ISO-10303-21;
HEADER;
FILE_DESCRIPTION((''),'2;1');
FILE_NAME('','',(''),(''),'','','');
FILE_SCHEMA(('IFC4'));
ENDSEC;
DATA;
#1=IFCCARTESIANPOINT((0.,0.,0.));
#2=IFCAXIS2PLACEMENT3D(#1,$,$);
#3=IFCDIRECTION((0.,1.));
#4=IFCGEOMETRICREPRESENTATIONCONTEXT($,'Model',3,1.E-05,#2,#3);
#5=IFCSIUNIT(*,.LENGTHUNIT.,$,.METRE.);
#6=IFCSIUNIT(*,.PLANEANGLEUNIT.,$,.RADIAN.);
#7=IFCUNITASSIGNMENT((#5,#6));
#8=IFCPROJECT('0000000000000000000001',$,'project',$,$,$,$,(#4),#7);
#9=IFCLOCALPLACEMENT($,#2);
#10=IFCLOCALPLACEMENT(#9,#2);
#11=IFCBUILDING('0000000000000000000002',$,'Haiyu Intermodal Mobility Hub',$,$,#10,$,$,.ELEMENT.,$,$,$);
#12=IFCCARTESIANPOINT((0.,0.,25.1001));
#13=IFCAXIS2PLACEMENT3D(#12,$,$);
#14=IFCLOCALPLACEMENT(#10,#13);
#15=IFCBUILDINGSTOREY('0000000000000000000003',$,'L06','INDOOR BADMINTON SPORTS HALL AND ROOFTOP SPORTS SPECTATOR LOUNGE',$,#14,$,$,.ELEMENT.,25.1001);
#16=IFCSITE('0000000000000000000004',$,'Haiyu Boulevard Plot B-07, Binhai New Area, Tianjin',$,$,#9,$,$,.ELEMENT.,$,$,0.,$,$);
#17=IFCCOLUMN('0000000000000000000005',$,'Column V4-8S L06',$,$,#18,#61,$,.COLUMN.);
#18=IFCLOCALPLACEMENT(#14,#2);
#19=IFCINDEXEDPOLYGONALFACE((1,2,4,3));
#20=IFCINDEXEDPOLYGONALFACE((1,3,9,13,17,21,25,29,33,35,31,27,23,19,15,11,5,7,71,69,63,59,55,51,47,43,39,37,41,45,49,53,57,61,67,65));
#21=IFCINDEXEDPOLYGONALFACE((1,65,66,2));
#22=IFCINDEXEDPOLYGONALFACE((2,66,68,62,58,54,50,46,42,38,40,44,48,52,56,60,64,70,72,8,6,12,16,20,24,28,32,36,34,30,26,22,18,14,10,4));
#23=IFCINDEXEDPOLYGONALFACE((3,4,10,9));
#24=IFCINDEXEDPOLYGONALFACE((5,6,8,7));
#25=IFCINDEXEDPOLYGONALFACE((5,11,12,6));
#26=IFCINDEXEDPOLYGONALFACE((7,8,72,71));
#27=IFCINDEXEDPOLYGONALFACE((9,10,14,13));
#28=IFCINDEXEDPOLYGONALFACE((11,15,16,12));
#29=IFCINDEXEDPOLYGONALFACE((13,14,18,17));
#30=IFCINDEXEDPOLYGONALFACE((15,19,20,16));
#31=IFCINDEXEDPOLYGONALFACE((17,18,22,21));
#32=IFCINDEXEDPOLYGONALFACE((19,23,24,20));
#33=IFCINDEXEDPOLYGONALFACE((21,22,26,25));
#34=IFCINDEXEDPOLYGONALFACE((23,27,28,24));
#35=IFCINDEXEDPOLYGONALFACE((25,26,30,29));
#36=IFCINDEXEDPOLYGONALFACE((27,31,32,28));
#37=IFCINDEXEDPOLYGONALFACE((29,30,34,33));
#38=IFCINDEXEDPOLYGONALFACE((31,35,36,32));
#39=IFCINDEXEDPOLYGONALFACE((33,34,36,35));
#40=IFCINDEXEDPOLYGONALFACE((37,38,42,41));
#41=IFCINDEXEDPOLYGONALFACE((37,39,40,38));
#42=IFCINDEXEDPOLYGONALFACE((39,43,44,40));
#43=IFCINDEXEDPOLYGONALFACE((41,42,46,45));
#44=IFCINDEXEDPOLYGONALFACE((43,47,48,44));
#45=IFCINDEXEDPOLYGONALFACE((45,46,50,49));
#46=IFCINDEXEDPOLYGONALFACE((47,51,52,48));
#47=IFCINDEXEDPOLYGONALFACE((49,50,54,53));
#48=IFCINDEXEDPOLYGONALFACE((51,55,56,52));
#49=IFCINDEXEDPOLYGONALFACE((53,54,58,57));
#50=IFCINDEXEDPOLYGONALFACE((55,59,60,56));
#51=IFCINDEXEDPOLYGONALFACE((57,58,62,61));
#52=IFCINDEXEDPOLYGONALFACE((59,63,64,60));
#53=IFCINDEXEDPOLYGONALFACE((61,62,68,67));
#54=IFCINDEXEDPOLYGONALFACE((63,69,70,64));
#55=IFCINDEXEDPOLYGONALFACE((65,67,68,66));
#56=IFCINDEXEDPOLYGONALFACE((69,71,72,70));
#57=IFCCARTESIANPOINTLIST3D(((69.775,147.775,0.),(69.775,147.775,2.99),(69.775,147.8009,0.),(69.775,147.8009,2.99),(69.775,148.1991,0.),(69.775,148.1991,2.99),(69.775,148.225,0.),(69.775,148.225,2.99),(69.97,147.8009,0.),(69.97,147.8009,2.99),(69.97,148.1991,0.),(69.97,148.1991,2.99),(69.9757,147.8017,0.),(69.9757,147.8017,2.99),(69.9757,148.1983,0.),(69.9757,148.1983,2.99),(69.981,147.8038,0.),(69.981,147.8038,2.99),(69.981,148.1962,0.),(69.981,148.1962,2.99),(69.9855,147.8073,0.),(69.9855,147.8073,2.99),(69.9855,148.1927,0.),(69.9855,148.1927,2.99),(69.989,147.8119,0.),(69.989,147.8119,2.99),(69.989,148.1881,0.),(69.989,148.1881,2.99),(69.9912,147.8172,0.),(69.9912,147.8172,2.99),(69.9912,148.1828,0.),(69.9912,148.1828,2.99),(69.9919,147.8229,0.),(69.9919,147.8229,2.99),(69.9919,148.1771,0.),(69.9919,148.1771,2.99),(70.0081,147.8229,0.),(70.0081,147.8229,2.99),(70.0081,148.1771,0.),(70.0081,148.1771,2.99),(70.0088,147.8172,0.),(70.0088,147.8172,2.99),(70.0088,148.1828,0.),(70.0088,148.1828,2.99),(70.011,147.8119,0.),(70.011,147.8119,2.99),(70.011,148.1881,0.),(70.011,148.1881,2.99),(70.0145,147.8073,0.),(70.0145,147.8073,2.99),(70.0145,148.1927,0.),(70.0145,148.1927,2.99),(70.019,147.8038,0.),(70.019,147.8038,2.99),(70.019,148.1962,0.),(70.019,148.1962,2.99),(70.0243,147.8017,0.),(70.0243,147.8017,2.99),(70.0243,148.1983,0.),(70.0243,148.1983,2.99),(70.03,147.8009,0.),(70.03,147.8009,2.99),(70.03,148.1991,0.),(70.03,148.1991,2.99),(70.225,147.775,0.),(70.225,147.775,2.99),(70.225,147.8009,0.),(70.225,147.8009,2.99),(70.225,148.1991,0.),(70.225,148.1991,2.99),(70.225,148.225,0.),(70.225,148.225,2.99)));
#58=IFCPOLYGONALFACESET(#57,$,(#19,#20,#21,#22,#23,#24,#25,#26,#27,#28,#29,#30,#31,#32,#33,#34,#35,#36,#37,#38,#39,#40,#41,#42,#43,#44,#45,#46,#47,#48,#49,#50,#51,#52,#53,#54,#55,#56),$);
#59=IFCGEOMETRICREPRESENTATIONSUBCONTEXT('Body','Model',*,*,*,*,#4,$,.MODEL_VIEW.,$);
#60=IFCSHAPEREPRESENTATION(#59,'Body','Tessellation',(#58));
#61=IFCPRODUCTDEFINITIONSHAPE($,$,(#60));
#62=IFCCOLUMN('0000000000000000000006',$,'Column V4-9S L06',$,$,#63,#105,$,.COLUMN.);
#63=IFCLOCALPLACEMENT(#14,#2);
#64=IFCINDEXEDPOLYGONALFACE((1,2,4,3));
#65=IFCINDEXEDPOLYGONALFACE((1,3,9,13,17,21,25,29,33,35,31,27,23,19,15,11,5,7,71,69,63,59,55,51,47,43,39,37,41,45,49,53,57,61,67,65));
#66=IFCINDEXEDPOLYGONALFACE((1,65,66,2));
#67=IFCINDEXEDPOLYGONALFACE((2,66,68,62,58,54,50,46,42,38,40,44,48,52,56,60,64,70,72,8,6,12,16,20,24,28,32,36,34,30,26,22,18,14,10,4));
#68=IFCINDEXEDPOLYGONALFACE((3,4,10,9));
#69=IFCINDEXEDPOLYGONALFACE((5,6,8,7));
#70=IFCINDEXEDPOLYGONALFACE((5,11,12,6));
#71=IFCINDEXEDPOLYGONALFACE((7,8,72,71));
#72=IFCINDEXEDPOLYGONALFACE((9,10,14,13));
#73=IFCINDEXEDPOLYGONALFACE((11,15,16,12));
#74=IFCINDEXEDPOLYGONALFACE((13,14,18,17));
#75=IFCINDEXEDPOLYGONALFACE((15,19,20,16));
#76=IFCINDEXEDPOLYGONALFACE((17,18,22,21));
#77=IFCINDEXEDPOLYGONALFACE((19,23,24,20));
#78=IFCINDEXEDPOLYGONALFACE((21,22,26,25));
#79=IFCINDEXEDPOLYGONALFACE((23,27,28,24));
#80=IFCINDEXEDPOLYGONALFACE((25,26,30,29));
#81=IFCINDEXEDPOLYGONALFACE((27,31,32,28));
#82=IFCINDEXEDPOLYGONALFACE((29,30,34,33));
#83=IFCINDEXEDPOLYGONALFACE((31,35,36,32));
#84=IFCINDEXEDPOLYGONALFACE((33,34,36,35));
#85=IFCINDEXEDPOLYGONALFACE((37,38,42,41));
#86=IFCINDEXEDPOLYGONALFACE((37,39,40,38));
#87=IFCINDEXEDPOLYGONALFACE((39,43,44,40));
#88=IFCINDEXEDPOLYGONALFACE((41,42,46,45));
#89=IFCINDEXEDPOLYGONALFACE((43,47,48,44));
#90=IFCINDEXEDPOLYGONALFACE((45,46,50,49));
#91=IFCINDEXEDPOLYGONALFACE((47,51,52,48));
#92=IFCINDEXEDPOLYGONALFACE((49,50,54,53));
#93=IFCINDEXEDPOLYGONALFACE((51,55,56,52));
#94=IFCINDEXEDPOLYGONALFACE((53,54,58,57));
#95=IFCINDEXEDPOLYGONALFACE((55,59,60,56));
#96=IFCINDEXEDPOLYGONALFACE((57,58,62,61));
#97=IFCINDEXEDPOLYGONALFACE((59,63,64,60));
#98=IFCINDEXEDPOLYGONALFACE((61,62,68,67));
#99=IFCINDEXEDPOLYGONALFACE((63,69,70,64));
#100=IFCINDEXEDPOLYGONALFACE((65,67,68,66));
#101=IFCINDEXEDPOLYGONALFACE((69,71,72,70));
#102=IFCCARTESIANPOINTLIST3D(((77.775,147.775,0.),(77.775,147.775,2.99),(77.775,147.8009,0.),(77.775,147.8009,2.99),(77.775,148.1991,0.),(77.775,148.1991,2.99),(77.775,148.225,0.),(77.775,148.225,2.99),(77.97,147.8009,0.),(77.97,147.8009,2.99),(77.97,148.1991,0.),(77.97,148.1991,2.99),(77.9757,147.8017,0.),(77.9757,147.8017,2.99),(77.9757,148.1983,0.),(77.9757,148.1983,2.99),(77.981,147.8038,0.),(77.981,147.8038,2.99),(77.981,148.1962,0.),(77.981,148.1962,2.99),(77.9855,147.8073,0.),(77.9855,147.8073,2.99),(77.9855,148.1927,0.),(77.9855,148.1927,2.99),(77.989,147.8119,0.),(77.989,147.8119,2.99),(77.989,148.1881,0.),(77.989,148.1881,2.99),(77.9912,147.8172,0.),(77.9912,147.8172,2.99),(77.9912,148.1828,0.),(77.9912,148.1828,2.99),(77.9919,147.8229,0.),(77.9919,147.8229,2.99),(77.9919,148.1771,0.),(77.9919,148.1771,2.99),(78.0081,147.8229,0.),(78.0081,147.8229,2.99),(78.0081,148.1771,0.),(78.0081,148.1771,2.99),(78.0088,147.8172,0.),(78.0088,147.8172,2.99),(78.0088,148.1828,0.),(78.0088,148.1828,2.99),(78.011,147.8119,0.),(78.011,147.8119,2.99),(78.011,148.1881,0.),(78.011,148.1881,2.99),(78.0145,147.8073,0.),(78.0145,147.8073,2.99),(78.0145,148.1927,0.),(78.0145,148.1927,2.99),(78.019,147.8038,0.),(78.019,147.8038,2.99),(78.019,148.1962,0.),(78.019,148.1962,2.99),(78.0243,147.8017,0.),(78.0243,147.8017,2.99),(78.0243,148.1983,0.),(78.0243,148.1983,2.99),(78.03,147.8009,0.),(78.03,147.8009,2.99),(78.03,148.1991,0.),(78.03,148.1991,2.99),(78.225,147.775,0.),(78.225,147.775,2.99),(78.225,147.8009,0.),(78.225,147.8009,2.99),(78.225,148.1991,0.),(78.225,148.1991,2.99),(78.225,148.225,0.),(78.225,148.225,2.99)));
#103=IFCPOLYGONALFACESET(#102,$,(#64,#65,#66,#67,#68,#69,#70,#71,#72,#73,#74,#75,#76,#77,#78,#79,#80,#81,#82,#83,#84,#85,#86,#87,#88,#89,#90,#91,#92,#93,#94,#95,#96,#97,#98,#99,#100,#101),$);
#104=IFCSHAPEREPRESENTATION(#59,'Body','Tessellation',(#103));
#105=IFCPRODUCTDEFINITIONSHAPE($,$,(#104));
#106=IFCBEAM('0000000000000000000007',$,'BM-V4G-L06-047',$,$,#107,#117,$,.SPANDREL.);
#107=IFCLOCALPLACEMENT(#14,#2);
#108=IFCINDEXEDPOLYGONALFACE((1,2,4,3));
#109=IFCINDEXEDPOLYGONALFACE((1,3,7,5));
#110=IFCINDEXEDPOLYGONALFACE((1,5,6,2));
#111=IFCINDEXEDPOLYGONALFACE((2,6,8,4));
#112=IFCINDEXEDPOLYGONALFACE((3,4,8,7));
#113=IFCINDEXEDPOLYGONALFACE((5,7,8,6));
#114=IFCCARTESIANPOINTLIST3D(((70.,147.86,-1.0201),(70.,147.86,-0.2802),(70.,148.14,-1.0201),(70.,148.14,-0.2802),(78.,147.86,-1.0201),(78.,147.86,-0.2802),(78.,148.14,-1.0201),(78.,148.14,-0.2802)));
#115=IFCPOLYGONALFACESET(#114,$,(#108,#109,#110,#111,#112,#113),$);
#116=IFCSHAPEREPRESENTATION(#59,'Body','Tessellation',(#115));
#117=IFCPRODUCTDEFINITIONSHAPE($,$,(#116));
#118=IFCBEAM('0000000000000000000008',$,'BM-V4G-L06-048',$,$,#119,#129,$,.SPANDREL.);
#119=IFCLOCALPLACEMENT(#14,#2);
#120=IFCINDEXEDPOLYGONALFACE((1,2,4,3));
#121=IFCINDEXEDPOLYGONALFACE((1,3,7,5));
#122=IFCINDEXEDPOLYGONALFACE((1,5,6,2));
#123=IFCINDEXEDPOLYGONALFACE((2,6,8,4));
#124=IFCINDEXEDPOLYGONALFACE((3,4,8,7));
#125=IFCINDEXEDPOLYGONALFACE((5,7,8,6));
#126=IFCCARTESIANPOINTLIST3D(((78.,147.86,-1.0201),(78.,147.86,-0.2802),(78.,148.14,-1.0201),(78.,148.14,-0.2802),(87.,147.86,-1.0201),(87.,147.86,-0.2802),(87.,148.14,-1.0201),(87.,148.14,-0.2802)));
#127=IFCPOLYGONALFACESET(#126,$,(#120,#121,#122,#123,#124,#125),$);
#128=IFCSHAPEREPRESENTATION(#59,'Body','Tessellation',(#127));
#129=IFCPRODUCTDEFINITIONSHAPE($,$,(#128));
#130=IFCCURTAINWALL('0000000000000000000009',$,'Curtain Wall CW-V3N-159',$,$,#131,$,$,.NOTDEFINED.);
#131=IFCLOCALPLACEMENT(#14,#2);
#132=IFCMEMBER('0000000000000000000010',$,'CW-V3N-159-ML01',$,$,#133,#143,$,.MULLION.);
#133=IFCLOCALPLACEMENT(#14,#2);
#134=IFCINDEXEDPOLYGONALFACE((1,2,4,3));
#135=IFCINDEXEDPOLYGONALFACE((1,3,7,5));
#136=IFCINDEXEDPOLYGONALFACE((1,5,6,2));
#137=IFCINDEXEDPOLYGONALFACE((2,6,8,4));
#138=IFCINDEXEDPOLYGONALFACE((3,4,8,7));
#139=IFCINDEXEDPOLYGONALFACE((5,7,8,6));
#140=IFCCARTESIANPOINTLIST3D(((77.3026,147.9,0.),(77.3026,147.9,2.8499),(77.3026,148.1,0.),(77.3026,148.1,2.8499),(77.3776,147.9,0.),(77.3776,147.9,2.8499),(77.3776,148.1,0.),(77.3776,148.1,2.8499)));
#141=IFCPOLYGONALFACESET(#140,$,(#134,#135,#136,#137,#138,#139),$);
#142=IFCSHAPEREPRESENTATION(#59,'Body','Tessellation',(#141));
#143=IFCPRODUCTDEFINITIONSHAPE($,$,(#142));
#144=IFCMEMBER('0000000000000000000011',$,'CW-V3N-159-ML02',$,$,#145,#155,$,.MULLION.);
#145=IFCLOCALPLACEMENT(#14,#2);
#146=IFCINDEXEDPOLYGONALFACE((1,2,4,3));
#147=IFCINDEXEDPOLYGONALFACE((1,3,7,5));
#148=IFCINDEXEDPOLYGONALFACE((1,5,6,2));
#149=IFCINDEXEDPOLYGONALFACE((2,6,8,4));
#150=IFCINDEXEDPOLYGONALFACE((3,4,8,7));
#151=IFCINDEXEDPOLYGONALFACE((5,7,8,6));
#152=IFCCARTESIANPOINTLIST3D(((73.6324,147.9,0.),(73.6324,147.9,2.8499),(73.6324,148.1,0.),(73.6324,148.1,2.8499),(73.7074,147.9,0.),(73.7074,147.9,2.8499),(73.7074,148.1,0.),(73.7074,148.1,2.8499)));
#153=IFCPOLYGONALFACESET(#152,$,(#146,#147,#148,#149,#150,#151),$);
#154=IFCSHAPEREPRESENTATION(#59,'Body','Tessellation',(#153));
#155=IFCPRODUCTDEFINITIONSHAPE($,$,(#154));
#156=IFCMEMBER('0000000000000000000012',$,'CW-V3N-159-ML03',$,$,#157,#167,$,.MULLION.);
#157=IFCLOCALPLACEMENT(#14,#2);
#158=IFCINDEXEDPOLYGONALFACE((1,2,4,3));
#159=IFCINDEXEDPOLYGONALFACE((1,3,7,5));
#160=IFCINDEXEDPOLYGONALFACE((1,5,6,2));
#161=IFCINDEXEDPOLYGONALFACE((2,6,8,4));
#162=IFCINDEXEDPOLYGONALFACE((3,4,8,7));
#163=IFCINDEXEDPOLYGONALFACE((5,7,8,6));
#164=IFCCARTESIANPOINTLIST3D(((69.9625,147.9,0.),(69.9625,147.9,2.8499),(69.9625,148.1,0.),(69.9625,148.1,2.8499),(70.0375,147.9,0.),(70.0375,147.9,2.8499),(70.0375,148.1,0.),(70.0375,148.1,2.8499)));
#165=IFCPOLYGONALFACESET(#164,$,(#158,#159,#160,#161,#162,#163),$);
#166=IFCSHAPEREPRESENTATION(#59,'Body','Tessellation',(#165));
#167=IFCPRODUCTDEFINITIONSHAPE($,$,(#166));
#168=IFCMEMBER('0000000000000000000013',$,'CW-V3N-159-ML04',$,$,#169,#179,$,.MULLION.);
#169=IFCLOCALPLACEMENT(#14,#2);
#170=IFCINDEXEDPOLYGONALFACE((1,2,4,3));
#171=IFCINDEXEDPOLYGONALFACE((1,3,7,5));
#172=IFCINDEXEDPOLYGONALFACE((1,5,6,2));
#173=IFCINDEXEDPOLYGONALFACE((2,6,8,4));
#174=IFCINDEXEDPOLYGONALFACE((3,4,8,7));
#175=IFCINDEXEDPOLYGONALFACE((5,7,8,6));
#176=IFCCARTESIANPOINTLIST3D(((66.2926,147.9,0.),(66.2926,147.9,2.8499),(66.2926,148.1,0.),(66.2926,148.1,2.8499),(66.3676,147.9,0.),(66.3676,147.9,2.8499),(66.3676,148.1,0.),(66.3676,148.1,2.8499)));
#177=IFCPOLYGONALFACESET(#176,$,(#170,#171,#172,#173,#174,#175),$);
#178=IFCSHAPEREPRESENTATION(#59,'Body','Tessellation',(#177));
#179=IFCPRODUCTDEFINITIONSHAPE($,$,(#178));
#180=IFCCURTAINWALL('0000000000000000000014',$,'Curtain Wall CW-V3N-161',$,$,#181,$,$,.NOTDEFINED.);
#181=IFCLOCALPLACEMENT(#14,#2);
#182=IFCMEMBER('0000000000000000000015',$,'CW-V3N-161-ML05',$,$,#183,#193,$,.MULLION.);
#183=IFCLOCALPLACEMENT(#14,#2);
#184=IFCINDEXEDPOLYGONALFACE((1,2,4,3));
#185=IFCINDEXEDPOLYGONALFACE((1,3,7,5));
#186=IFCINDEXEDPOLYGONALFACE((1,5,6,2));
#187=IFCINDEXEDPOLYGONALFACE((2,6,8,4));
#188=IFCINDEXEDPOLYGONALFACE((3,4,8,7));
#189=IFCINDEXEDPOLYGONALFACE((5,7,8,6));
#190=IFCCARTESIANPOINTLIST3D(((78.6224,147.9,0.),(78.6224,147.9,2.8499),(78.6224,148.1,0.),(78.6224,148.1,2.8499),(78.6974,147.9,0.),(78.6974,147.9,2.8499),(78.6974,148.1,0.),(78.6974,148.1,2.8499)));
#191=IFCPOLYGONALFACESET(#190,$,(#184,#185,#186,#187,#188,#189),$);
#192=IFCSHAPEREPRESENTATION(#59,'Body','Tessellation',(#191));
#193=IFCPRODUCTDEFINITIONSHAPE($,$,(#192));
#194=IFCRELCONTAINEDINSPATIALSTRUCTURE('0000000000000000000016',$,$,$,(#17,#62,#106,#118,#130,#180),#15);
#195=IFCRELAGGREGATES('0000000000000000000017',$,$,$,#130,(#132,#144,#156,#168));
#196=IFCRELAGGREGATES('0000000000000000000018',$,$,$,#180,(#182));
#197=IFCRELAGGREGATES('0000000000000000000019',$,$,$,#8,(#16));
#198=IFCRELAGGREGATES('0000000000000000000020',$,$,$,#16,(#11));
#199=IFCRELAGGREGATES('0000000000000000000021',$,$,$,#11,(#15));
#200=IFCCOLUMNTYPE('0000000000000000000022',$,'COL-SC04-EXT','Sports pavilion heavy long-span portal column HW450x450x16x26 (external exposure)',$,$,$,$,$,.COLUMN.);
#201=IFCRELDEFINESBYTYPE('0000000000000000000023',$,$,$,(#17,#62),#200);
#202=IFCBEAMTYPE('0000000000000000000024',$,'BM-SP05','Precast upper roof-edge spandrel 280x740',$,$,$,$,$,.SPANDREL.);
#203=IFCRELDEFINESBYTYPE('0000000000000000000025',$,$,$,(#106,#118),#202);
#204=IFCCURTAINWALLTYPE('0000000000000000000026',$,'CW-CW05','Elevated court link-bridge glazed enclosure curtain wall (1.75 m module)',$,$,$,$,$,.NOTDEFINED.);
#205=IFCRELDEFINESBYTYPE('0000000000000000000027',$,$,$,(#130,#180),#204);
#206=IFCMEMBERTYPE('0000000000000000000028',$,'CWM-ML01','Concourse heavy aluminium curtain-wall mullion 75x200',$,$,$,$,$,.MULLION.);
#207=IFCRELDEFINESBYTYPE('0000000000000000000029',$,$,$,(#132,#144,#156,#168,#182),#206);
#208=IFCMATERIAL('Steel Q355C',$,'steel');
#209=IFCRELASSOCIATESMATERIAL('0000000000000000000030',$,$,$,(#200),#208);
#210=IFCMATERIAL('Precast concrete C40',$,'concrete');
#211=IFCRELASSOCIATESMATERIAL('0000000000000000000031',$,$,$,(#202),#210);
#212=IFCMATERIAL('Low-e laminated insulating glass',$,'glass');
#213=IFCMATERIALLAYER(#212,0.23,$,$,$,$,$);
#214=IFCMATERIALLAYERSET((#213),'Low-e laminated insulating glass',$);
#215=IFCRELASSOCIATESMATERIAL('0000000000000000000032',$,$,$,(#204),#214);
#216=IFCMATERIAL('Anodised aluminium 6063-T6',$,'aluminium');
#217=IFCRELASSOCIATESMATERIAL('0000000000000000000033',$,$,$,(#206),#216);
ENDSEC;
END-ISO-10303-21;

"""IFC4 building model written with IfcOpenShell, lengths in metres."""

from ifc_helpers import new_model, si_unit, direction, frame, origin, origin_2d, place, context, subcontext, project, spatial, rectangle, i_section, extrude, material, layer, layer_set, material_profile, profile_set, type_object, element, aggregate, save


model = new_model("IFC4")

# Units and contexts
model_context = context("Model", 3, precision=1e-05, world=origin(), true_north=direction((0.0, 1.0)))
body_context = subcontext(model_context, "Body", "Model", "MODEL_VIEW")
ifc_project = project(units=[si_unit("LENGTHUNIT", "METRE"), si_unit("PLANEANGLEUNIT", "RADIAN")], contexts=[model_context])

# Site, building, storey
site_placement = place(None, origin())
site = spatial("IfcSite", under=ifc_project, at=site_placement, Name="Haiyu Boulevard Plot B-07, Binhai New Area, Tianjin", CompositionType="ELEMENT", RefElevation=0.0)
building_placement = place(site_placement, origin())
building = spatial("IfcBuilding", under=site, at=building_placement, Name="Haiyu Intermodal Mobility Hub", CompositionType="ELEMENT")
storey_placement = place(building_placement, frame((0.0, 0.0, 25.1001)))
storey = spatial("IfcBuildingStorey", under=building, at=storey_placement, Name="L06", Description="INDOOR BADMINTON SPORTS HALL AND ROOFTOP SPORTS SPECTATOR LOUNGE", CompositionType="ELEMENT", Elevation=25.1001)

# Columns
ifc_material_1 = material(Name="Steel Q355C", Category="steel")
ifc_material_profile_1 = material_profile(ifc_material_1, i_section(OverallWidth=0.45, OverallDepth=0.45, WebThickness=0.0161, FlangeThickness=0.0259, FilletRadius=0.022, at=origin_2d()), Name="HW450x450x16x26")
ifc_profile_set_1 = profile_set([ifc_material_profile_1], Name="Steel Q355C")
column_type = type_object("IfcColumnType", Name="COL-SC04-EXT", Description="Sports pavilion heavy long-span portal column HW450x450x16x26 (external exposure)", PredefinedType="COLUMN", material=ifc_profile_set_1)
for number, where, z_axis, x_axis, name in (
    (1, (70.0, 148.0, 0.0), (0.0, 0.0, 1.0), (1.0, 0.0, 0.0), "Column V4-8S L06"),
    (2, (78.0, 148.0, 0.0), (0.0, 0.0, 1.0), (1.0, 0.0, 0.0), "Column V4-9S L06"),
):
    element("IfcColumn", number, at=place(storey_placement, frame(where, z_axis=z_axis, x_axis=x_axis)), inside=storey, type_object=column_type, Name=name, PredefinedType="COLUMN", context=body_context, shape_type="SweptSolid", body=[
        extrude(i_section(OverallWidth=0.45, OverallDepth=0.45, WebThickness=0.0161, FlangeThickness=0.0259, FilletRadius=0.022, at=origin_2d()), origin(), (0.0, 0.0, 1.0), 2.99),
    ])

# Beams
ifc_material_2 = material(Name="Precast concrete C40", Category="concrete")
ifc_material_profile_2 = material_profile(ifc_material_2, rectangle(XDim=0.28, YDim=0.74, at=origin_2d()), Name="B280x740")
ifc_profile_set_2 = profile_set([ifc_material_profile_2], Name="Precast concrete C40")
beam_type = type_object("IfcBeamType", Name="BM-SP05", Description="Precast upper roof-edge spandrel 280x740", PredefinedType="SPANDREL", material=ifc_profile_set_2)
beam_1_placement = place(storey_placement, frame((70.0, 148.0, -0.6501), z_axis=(1.0, 0.0, 0.0), x_axis=(0.0, 1.0, 0.0)))
element("IfcBeam", 3, at=beam_1_placement, inside=storey, type_object=beam_type, Name="BM-V4G-L06-047", PredefinedType="SPANDREL", context=body_context, shape_type="SweptSolid", body=[
    extrude(rectangle(XDim=0.28, YDim=0.74, at=origin_2d()), origin(), (0.0, 0.0, 1.0), 8.0),
])
beam_2_placement = place(storey_placement, frame((78.0, 148.0, -0.6501), z_axis=(1.0, 0.0, 0.0), x_axis=(0.0, 1.0, 0.0)))
element("IfcBeam", 4, at=beam_2_placement, inside=storey, type_object=beam_type, Name="BM-V4G-L06-048", PredefinedType="SPANDREL", context=body_context, shape_type="SweptSolid", body=[
    extrude(rectangle(XDim=0.28, YDim=0.74, at=origin_2d()), origin(), (0.0, 0.0, 1.0), 9.0),
])

# Curtain wall, members
ifc_material_3 = material(Name="Low-e laminated insulating glass", Category="glass")
ifc_layer_1 = layer(ifc_material_3, 0.23)
ifc_layer_set_1 = layer_set([ifc_layer_1], Name="Low-e laminated insulating glass")
curtain_wall_type = type_object("IfcCurtainWallType", Name="CW-CW05", Description="Elevated court link-bridge glazed enclosure curtain wall (1.75 m module)", PredefinedType="NOTDEFINED", material=ifc_layer_set_1)
curtain_wall_1_placement = place(storey_placement, origin())
curtain_wall_1 = element("IfcCurtainWall", 5, at=curtain_wall_1_placement, inside=storey, type_object=curtain_wall_type, Name="Curtain Wall CW-V3N-159", PredefinedType="NOTDEFINED")
ifc_material_4 = material(Name="Anodised aluminium 6063-T6", Category="aluminium")
ifc_material_profile_3 = material_profile(ifc_material_4, rectangle(XDim=0.075, YDim=0.2, at=origin_2d()), Name="ALU75x200")
ifc_profile_set_3 = profile_set([ifc_material_profile_3], Name="Anodised aluminium 6063-T6")
member_type_1 = type_object("IfcMemberType", Name="CWM-ML01", Description="Concourse heavy aluminium curtain-wall mullion 75x200", PredefinedType="MULLION", material=ifc_profile_set_3)
member_1_placement = place(storey_placement, frame((77.3401, 148.0, 0.0), z_axis=(0.0, 0.0, 1.0), x_axis=(1.0, 0.0, 0.0)))
member_1 = element("IfcMember", 6, at=member_1_placement, type_object=member_type_1, Name="CW-V3N-159-ML01", PredefinedType="MULLION", context=body_context, shape_type="SweptSolid", body=[
    extrude(rectangle(XDim=0.075, YDim=0.2, at=origin_2d()), origin(), (0.0, 0.0, 1.0), 2.8499),
])
member_2_placement = place(storey_placement, frame((73.6699, 148.0, 0.0), z_axis=(0.0, 0.0, 1.0), x_axis=(1.0, 0.0, 0.0)))
member_2 = element("IfcMember", 7, at=member_2_placement, type_object=member_type_1, Name="CW-V3N-159-ML02", PredefinedType="MULLION", context=body_context, shape_type="SweptSolid", body=[
    extrude(rectangle(XDim=0.075, YDim=0.2, at=origin_2d()), origin(), (0.0, 0.0, 1.0), 2.8499),
])
member_3_placement = place(storey_placement, frame((70.0, 148.0, 0.0), z_axis=(0.0, 0.0, 1.0), x_axis=(1.0, 0.0, 0.0)))
member_3 = element("IfcMember", 8, at=member_3_placement, type_object=member_type_1, Name="CW-V3N-159-ML03", PredefinedType="MULLION", context=body_context, shape_type="SweptSolid", body=[
    extrude(rectangle(XDim=0.075, YDim=0.2, at=origin_2d()), origin(), (0.0, 0.0, 1.0), 2.8499),
])
member_4_placement = place(storey_placement, frame((66.3301, 148.0, 0.0), z_axis=(0.0, 0.0, 1.0), x_axis=(1.0, 0.0, 0.0)))
member_4 = element("IfcMember", 9, at=member_4_placement, type_object=member_type_1, Name="CW-V3N-159-ML04", PredefinedType="MULLION", context=body_context, shape_type="SweptSolid", body=[
    extrude(rectangle(XDim=0.075, YDim=0.2, at=origin_2d()), origin(), (0.0, 0.0, 1.0), 2.8499),
])

# Curtain wall, member
curtain_wall_2_placement = place(storey_placement, origin())
curtain_wall_2 = element("IfcCurtainWall", 10, at=curtain_wall_2_placement, inside=storey, type_object=curtain_wall_type, Name="Curtain Wall CW-V3N-161", PredefinedType="NOTDEFINED")
member_5_placement = place(storey_placement, frame((78.6599, 148.0, 0.0), z_axis=(0.0, 0.0, 1.0), x_axis=(1.0, 0.0, 0.0)))
member_5 = element("IfcMember", 11, at=member_5_placement, type_object=member_type_1, Name="CW-V3N-161-ML05", PredefinedType="MULLION", context=body_context, shape_type="SweptSolid", body=[
    extrude(rectangle(XDim=0.075, YDim=0.2, at=origin_2d()), origin(), (0.0, 0.0, 1.0), 2.8499),
])

aggregate(curtain_wall_1, [member_1, member_2, member_3, member_4])
aggregate(curtain_wall_2, [member_5])

save(model, "model.ifc")
